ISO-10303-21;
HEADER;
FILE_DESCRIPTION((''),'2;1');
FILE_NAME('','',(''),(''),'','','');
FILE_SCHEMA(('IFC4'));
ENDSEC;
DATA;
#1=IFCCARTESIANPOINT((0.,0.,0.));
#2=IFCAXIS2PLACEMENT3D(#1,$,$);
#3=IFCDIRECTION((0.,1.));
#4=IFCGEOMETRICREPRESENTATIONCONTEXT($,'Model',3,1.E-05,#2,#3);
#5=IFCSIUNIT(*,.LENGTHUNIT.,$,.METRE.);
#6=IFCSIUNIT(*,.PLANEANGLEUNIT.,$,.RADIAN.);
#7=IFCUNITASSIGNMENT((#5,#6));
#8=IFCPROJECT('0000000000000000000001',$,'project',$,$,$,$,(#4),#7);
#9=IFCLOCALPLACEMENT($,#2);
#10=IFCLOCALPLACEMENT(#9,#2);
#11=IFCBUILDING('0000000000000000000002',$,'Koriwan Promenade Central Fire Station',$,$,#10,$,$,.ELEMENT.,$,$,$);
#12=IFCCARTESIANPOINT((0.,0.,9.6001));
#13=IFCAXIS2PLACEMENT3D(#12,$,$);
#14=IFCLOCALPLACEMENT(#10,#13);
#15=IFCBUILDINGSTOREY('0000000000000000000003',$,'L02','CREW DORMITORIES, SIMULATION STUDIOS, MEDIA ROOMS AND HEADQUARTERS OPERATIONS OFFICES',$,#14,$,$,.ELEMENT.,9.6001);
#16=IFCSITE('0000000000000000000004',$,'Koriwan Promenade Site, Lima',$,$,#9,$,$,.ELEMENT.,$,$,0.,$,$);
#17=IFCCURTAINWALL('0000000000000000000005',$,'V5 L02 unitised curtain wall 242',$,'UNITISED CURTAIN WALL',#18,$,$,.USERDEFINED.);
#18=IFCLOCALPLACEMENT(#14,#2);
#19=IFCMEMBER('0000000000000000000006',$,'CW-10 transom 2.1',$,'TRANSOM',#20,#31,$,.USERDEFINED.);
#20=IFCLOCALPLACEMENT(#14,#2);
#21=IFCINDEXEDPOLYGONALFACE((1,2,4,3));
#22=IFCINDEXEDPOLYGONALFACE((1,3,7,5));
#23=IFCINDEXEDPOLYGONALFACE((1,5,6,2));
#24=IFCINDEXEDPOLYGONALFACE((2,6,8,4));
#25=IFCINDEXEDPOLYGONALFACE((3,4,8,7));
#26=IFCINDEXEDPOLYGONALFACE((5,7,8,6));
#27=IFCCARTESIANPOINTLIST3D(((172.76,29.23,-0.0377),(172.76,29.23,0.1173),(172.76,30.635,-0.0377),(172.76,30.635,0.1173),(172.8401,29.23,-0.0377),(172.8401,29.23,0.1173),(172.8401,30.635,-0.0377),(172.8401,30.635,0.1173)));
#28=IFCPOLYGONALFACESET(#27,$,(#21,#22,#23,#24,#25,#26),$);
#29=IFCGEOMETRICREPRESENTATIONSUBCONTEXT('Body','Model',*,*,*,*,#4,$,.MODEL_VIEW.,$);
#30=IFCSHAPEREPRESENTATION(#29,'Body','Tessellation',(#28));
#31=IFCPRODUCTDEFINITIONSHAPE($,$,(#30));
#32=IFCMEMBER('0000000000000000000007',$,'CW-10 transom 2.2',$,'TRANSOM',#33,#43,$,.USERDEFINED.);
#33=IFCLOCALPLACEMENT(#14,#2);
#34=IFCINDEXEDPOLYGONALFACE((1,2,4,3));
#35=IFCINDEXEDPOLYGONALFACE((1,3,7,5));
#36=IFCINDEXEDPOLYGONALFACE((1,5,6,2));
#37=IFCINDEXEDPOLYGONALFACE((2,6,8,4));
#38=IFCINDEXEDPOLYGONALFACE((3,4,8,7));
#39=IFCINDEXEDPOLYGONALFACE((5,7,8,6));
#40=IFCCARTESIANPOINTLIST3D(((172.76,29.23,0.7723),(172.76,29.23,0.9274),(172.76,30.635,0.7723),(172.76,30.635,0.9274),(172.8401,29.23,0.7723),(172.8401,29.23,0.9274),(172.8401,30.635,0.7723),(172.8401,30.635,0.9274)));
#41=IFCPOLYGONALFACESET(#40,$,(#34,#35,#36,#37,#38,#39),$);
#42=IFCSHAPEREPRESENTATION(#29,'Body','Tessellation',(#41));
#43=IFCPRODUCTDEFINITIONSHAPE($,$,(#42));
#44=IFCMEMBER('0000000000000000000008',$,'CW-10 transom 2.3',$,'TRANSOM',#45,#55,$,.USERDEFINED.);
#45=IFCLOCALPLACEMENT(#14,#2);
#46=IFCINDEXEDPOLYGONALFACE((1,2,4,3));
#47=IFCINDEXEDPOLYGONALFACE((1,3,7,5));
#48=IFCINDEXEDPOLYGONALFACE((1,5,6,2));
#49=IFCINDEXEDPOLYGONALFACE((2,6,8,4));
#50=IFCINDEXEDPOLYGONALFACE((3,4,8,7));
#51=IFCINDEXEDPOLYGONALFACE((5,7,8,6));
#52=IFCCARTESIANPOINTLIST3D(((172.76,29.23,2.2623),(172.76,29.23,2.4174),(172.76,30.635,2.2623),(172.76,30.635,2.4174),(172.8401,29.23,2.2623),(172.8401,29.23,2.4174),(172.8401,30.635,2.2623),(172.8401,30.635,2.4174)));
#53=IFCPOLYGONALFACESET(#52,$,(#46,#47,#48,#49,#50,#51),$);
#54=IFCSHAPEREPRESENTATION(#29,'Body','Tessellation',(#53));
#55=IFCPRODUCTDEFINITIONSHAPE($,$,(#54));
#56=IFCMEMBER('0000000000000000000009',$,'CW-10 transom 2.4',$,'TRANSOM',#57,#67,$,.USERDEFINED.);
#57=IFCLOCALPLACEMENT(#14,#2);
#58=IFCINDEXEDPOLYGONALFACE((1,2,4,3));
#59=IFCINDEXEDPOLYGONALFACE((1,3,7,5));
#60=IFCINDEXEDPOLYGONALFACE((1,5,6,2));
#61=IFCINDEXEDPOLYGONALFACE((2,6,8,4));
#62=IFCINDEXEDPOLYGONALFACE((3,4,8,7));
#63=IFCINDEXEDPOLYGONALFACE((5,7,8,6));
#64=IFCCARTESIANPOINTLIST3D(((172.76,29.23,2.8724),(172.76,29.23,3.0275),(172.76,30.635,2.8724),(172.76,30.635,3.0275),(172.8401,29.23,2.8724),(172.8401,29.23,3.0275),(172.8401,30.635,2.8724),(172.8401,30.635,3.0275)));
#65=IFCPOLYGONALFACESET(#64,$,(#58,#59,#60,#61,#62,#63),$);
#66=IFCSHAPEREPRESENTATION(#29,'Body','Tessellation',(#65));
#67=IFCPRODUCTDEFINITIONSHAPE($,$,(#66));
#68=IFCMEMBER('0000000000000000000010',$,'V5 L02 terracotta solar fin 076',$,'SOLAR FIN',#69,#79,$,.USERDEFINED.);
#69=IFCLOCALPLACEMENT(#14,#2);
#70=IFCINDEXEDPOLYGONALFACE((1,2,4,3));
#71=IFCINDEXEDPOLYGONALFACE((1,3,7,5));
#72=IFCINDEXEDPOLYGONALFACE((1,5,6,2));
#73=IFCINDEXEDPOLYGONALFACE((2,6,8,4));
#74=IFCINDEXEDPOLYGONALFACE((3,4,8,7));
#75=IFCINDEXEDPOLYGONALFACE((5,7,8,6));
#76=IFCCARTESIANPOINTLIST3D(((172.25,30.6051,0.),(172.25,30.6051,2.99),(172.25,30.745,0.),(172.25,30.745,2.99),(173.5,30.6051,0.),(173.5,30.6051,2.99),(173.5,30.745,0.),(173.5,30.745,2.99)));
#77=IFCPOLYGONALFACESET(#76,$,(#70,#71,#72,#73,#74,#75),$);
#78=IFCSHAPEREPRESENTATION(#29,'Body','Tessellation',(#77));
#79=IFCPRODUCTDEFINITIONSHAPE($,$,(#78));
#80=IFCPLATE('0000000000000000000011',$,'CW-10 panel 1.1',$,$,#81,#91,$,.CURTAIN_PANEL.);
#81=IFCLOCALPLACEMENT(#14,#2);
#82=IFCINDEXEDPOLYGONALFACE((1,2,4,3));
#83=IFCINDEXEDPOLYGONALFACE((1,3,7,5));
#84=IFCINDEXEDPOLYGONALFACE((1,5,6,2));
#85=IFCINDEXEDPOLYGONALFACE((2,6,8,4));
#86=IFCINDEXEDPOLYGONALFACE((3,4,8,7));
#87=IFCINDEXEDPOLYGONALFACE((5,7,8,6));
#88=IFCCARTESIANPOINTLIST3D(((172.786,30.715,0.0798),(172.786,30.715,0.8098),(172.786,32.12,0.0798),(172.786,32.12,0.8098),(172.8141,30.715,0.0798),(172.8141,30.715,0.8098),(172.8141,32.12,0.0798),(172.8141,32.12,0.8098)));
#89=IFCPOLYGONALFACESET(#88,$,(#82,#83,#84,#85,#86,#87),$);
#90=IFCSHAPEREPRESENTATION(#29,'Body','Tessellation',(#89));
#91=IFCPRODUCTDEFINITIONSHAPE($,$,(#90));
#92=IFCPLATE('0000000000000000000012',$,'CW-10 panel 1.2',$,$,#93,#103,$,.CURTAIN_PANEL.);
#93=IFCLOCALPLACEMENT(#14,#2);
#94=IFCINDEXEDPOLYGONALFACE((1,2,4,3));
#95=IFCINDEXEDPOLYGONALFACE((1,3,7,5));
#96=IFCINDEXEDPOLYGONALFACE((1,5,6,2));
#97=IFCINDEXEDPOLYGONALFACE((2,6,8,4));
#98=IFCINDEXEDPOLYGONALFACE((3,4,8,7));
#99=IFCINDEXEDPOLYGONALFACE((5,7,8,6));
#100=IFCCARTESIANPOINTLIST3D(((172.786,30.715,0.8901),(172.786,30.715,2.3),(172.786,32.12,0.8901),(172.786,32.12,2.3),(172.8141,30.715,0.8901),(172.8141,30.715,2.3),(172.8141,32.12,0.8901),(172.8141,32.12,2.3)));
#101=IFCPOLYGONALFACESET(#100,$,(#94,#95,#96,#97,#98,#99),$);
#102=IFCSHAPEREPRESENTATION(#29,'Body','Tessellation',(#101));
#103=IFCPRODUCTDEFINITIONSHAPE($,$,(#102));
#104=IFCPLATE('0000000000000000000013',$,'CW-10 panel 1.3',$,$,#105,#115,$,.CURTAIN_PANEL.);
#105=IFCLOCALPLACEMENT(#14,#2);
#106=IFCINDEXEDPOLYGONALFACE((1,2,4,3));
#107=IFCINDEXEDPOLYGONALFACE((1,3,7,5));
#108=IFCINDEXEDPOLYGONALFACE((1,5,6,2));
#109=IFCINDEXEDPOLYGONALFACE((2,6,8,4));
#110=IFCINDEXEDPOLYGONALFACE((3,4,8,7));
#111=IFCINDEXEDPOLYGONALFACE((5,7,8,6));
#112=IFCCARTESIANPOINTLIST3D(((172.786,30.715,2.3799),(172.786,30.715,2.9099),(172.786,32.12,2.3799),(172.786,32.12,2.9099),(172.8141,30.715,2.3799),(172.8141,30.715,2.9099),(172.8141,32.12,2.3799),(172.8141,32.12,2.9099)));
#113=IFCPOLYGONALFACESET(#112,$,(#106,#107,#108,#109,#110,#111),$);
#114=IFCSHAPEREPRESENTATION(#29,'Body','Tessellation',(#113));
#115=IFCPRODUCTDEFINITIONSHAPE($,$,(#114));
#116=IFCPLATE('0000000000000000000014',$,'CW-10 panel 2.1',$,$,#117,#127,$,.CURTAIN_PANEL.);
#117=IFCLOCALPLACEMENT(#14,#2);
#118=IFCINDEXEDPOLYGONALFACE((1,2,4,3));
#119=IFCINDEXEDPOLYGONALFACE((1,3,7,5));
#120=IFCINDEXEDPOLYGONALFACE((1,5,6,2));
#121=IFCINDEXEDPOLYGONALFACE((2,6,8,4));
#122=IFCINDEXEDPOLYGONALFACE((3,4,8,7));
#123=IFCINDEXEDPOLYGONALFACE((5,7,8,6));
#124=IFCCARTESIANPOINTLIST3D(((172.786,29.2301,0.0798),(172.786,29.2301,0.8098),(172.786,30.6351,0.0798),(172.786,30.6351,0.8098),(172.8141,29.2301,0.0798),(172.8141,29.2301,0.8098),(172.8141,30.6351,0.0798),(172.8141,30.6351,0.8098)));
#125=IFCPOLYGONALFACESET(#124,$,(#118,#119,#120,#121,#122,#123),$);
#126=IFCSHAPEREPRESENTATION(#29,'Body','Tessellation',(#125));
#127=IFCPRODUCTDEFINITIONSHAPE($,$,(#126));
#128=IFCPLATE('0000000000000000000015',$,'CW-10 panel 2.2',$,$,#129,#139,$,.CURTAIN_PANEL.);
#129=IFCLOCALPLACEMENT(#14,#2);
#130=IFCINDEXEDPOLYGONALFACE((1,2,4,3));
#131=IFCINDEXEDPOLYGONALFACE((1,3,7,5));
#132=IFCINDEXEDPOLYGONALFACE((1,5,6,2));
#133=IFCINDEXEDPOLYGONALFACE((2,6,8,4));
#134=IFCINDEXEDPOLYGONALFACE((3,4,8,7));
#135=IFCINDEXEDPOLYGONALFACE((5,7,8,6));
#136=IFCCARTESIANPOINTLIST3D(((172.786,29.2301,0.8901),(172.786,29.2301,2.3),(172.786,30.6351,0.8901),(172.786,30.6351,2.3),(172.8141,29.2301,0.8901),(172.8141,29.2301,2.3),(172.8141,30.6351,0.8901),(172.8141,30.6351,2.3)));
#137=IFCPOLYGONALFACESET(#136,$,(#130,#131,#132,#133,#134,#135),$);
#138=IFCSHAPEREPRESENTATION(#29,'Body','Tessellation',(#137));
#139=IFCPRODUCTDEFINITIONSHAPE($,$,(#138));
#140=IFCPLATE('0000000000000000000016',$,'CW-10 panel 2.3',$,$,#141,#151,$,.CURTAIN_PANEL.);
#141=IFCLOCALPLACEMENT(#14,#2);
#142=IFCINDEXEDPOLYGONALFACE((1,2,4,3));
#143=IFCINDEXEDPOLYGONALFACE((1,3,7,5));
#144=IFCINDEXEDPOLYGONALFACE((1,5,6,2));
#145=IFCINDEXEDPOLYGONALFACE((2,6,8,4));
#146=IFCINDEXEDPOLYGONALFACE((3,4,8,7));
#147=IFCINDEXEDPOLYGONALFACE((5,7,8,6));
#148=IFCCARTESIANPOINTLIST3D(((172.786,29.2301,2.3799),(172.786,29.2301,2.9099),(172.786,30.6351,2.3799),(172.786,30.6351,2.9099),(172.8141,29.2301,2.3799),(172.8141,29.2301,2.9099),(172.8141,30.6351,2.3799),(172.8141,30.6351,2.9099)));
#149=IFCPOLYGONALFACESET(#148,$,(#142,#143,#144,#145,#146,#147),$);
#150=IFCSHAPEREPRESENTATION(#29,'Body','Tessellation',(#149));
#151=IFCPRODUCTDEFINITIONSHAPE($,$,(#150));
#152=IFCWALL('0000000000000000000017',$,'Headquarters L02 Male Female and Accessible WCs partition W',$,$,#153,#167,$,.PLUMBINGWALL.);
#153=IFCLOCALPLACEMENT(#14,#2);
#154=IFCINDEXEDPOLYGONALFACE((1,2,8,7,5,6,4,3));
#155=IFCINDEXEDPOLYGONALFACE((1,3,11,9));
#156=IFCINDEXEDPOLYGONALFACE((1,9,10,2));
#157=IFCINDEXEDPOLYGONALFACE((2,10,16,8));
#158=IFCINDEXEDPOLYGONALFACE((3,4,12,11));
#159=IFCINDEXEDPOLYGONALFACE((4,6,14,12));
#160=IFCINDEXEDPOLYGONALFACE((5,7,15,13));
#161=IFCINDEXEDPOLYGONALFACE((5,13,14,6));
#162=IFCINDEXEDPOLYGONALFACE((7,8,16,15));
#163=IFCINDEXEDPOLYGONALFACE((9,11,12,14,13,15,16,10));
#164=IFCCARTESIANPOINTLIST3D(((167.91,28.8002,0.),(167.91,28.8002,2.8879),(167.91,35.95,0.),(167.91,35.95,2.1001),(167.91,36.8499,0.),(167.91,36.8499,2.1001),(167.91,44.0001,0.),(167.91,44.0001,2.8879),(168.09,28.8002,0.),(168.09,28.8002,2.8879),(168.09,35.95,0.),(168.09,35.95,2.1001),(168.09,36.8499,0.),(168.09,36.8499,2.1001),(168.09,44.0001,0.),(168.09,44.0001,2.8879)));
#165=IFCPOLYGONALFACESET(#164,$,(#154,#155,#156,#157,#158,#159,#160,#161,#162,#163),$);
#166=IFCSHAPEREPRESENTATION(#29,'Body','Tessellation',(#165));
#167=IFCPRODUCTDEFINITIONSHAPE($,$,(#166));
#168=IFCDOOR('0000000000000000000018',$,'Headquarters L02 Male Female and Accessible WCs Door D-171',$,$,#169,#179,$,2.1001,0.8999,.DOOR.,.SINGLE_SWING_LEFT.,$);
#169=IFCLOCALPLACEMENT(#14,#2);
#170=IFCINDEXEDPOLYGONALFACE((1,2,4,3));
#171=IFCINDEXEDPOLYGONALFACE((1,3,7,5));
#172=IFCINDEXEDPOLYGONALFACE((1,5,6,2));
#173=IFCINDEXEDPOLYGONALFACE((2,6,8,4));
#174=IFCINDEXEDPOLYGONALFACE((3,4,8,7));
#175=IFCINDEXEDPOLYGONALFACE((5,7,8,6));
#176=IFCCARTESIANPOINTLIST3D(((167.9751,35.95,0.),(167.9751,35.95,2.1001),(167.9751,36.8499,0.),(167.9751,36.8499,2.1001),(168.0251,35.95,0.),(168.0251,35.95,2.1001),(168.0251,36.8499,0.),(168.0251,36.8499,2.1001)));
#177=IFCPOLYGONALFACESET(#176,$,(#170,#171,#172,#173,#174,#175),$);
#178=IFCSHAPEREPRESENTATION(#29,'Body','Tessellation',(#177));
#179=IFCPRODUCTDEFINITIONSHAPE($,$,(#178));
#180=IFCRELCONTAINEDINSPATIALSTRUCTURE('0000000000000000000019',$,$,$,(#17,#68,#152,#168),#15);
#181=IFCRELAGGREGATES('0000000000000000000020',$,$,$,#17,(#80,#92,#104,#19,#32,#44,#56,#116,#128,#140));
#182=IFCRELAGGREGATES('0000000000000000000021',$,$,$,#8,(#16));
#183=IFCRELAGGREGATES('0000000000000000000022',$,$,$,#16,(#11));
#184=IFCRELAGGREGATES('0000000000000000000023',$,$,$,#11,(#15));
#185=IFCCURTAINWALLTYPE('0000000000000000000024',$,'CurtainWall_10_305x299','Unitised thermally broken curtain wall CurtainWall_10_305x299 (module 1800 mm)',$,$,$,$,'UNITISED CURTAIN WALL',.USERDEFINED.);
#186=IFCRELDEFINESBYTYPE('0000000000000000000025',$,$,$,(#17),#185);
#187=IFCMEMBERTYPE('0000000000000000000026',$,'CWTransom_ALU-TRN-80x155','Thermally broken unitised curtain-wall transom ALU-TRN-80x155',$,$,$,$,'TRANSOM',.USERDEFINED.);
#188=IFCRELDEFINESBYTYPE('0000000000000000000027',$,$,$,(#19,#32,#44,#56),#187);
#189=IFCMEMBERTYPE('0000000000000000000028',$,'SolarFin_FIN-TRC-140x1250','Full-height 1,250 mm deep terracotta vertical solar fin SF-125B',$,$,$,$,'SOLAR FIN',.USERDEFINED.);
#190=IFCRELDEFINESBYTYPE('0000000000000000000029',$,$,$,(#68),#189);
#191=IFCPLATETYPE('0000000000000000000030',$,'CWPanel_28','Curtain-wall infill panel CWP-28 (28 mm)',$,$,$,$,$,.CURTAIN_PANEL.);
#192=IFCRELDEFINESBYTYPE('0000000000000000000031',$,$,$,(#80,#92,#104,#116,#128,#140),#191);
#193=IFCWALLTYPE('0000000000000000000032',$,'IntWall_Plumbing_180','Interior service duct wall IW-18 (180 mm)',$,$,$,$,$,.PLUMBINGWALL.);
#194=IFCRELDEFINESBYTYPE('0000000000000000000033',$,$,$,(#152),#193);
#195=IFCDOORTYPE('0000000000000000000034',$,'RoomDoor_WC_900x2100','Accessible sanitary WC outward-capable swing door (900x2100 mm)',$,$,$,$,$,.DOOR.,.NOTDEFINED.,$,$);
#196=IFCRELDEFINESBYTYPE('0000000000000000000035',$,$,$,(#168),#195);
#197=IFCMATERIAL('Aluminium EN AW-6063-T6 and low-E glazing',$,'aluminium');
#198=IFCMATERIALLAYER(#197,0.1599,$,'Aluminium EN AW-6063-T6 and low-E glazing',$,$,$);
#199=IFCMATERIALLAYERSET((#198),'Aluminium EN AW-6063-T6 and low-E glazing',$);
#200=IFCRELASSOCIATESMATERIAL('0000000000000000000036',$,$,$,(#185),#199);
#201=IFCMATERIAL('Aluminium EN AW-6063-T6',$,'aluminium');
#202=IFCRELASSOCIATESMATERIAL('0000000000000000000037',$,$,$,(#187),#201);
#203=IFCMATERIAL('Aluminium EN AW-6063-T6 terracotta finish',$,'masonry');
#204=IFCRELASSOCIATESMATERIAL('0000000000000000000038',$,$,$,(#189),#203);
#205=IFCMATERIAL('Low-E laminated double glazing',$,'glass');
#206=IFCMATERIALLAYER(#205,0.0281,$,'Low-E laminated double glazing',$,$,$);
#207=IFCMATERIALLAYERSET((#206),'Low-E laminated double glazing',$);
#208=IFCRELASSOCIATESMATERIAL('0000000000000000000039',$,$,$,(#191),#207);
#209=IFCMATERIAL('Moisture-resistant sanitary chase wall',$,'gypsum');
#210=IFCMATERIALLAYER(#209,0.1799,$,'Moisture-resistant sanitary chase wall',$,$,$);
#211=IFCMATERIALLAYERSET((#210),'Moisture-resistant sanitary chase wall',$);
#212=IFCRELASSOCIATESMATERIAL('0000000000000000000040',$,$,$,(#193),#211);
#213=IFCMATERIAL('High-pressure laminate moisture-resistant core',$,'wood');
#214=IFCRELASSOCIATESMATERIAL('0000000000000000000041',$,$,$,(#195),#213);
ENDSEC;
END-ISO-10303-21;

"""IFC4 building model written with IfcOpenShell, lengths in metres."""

from ifc_helpers import new_model, si_unit, direction, frame, frame_2d, origin, origin_2d, place, context, subcontext, project, spatial, rectangle, extrude, material, layer, layer_set, material_profile, profile_set, type_object, element, fill, aggregate, save


model = new_model("IFC4")

# Units and contexts
model_context = context("Model", 3, precision=1e-05, world=origin(), true_north=direction((0.0, 1.0)))
body_context = subcontext(model_context, "Body", "Model", "MODEL_VIEW")
ifc_project = project(units=[si_unit("LENGTHUNIT", "METRE"), si_unit("PLANEANGLEUNIT", "RADIAN")], contexts=[model_context])

# Site, building, storey
site_placement = place(None, origin())
site = spatial("IfcSite", under=ifc_project, at=site_placement, Name="Koriwan Promenade Site, Lima", CompositionType="ELEMENT", RefElevation=0.0)
building_placement = place(site_placement, origin())
building = spatial("IfcBuilding", under=site, at=building_placement, Name="Koriwan Promenade Central Fire Station", CompositionType="ELEMENT")
storey_placement = place(building_placement, frame((0.0, 0.0, 9.6001)))
storey = spatial("IfcBuildingStorey", under=building, at=storey_placement, Name="L02", Description="CREW DORMITORIES, SIMULATION STUDIOS, MEDIA ROOMS AND HEADQUARTERS OPERATIONS OFFICES", CompositionType="ELEMENT", Elevation=9.6001)

# Shared definitions
ifc_material_1 = material(Name="Aluminium EN AW-6063-T6 and low-E glazing", Category="aluminium")
ifc_material_2 = material(Name="Aluminium EN AW-6063-T6", Category="aluminium")

# Curtain wall
ifc_layer_1 = layer(ifc_material_1, 0.1599, Name="Aluminium EN AW-6063-T6 and low-E glazing")
ifc_layer_set_1 = layer_set([ifc_layer_1], Name="Aluminium EN AW-6063-T6 and low-E glazing")
curtain_wall_type_1 = type_object("IfcCurtainWallType", Name="CurtainWall_10_305x299", Description="Unitised thermally broken curtain wall CurtainWall_10_305x299 (module 1800 mm)", ElementType="UNITISED CURTAIN WALL", PredefinedType="USERDEFINED", material=ifc_layer_set_1)
curtain_wall_1_placement = place(storey_placement, origin())
curtain_wall_1 = element("IfcCurtainWall", 1, at=curtain_wall_1_placement, inside=storey, type_object=curtain_wall_type_1, Name="V5 L02 unitised curtain wall 242", ObjectType="UNITISED CURTAIN WALL", PredefinedType="USERDEFINED")

# Members
ifc_material_profile_1 = material_profile(ifc_material_2, rectangle(XDim=0.0801, YDim=0.155, at=origin_2d()), Name="ALU-TRN-80x155")
ifc_profile_set_1 = profile_set([ifc_material_profile_1], Name="Aluminium EN AW-6063-T6")
member_type_1 = type_object("IfcMemberType", Name="CWTransom_ALU-TRN-80x155", Description="Thermally broken unitised curtain-wall transom ALU-TRN-80x155", ElementType="TRANSOM", PredefinedType="USERDEFINED", material=ifc_profile_set_1)
member_1_placement = place(storey_placement, frame((172.8, 30.635, 0.0398), z_axis=(0.0, -1.0, 0.0), x_axis=(1.0, 0.0, 0.0)))
member_1 = element("IfcMember", 2, at=member_1_placement, type_object=member_type_1, Name="CW-10 transom 2.1", ObjectType="TRANSOM", PredefinedType="USERDEFINED", context=body_context, shape_type="SweptSolid", body=[
    extrude(rectangle(XDim=0.0801, YDim=0.155, at=origin_2d()), origin(), (0.0, 0.0, 1.0), 1.405),
])
member_2_placement = place(storey_placement, frame((172.8, 30.635, 0.8499), z_axis=(0.0, -1.0, 0.0), x_axis=(1.0, 0.0, 0.0)))
member_2 = element("IfcMember", 3, at=member_2_placement, type_object=member_type_1, Name="CW-10 transom 2.2", ObjectType="TRANSOM", PredefinedType="USERDEFINED", context=body_context, shape_type="SweptSolid", body=[
    extrude(rectangle(XDim=0.0801, YDim=0.155, at=origin_2d()), origin(), (0.0, 0.0, 1.0), 1.405),
])
member_3_placement = place(storey_placement, frame((172.8, 30.635, 2.3398), z_axis=(0.0, -1.0, 0.0), x_axis=(1.0, 0.0, 0.0)))
member_3 = element("IfcMember", 4, at=member_3_placement, type_object=member_type_1, Name="CW-10 transom 2.3", ObjectType="TRANSOM", PredefinedType="USERDEFINED", context=body_context, shape_type="SweptSolid", body=[
    extrude(rectangle(XDim=0.0801, YDim=0.155, at=origin_2d()), origin(), (0.0, 0.0, 1.0), 1.405),
])
member_4_placement = place(storey_placement, frame((172.8, 30.635, 2.95), z_axis=(0.0, -1.0, 0.0), x_axis=(1.0, 0.0, 0.0)))
member_4 = element("IfcMember", 5, at=member_4_placement, type_object=member_type_1, Name="CW-10 transom 2.4", ObjectType="TRANSOM", PredefinedType="USERDEFINED", context=body_context, shape_type="SweptSolid", body=[
    extrude(rectangle(XDim=0.0801, YDim=0.155, at=origin_2d()), origin(), (0.0, 0.0, 1.0), 1.405),
])
ifc_material_3 = material(Name="Aluminium EN AW-6063-T6 terracotta finish", Category="masonry")
ifc_material_profile_2 = material_profile(ifc_material_3, rectangle(XDim=0.1399, YDim=1.25, at=origin_2d()), Name="FIN-TRC-140x1250")
ifc_profile_set_2 = profile_set([ifc_material_profile_2], Name="Aluminium EN AW-6063-T6 terracotta finish")
member_type_2 = type_object("IfcMemberType", Name="SolarFin_FIN-TRC-140x1250", Description="Full-height 1,250 mm deep terracotta vertical solar fin SF-125B", ElementType="SOLAR FIN", PredefinedType="USERDEFINED", material=ifc_profile_set_2)
member_5_placement = place(storey_placement, frame((172.875, 30.675, 0.0), z_axis=(0.0, 0.0, 1.0), x_axis=(0.0, -1.0, 0.0)))
element("IfcMember", 6, at=member_5_placement, inside=storey, type_object=member_type_2, Name="V5 L02 terracotta solar fin 076", ObjectType="SOLAR FIN", PredefinedType="USERDEFINED", context=body_context, shape_type="SweptSolid", body=[
    extrude(rectangle(XDim=0.1399, YDim=1.25, at=origin_2d()), origin(), (0.0, 0.0, 1.0), 2.99),
])

# Plates
ifc_material_4 = material(Name="Low-E laminated double glazing", Category="glass")
ifc_layer_2 = layer(ifc_material_4, 0.0281, Name="Low-E laminated double glazing")
ifc_layer_set_2 = layer_set([ifc_layer_2], Name="Low-E laminated double glazing")
plate_type = type_object("IfcPlateType", Name="CWPanel_28", Description="Curtain-wall infill panel CWP-28 (28 mm)", PredefinedType="CURTAIN_PANEL", material=ifc_layer_set_2)
plate_1_placement = place(storey_placement, frame((172.8, 31.4175, 0.0798), z_axis=(0.0, 0.0, 1.0), x_axis=(0.0, -1.0, 0.0)))
plate_1 = element("IfcPlate", 7, at=plate_1_placement, type_object=plate_type, Name="CW-10 panel 1.1", PredefinedType="CURTAIN_PANEL", context=body_context, shape_type="SweptSolid", body=[
    extrude(rectangle(XDim=1.405, YDim=0.0281, at=origin_2d()), origin(), (0.0, 0.0, 1.0), 0.73),
])
plate_2_placement = place(storey_placement, frame((172.8, 31.4175, 0.8901), z_axis=(0.0, 0.0, 1.0), x_axis=(0.0, -1.0, 0.0)))
plate_2 = element("IfcPlate", 8, at=plate_2_placement, type_object=plate_type, Name="CW-10 panel 1.2", PredefinedType="CURTAIN_PANEL", context=body_context, shape_type="SweptSolid", body=[
    extrude(rectangle(XDim=1.405, YDim=0.0281, at=origin_2d()), origin(), (0.0, 0.0, 1.0), 1.4099),
])
plate_3_placement = place(storey_placement, frame((172.8, 31.4175, 2.3799), z_axis=(0.0, 0.0, 1.0), x_axis=(0.0, -1.0, 0.0)))
plate_3 = element("IfcPlate", 9, at=plate_3_placement, type_object=plate_type, Name="CW-10 panel 1.3", PredefinedType="CURTAIN_PANEL", context=body_context, shape_type="SweptSolid", body=[
    extrude(rectangle(XDim=1.405, YDim=0.0281, at=origin_2d()), origin(), (0.0, 0.0, 1.0), 0.53),
])
plate_4_placement = place(storey_placement, frame((172.8, 29.9326, 0.0798), z_axis=(0.0, 0.0, 1.0), x_axis=(0.0, -1.0, 0.0)))
plate_4 = element("IfcPlate", 10, at=plate_4_placement, type_object=plate_type, Name="CW-10 panel 2.1", PredefinedType="CURTAIN_PANEL", context=body_context, shape_type="SweptSolid", body=[
    extrude(rectangle(XDim=1.405, YDim=0.0281, at=origin_2d()), origin(), (0.0, 0.0, 1.0), 0.73),
])
plate_5_placement = place(storey_placement, frame((172.8, 29.9326, 0.8901), z_axis=(0.0, 0.0, 1.0), x_axis=(0.0, -1.0, 0.0)))
plate_5 = element("IfcPlate", 11, at=plate_5_placement, type_object=plate_type, Name="CW-10 panel 2.2", PredefinedType="CURTAIN_PANEL", context=body_context, shape_type="SweptSolid", body=[
    extrude(rectangle(XDim=1.405, YDim=0.0281, at=origin_2d()), origin(), (0.0, 0.0, 1.0), 1.4099),
])
plate_6_placement = place(storey_placement, frame((172.8, 29.9326, 2.3799), z_axis=(0.0, 0.0, 1.0), x_axis=(0.0, -1.0, 0.0)))
plate_6 = element("IfcPlate", 12, at=plate_6_placement, type_object=plate_type, Name="CW-10 panel 2.3", PredefinedType="CURTAIN_PANEL", context=body_context, shape_type="SweptSolid", body=[
    extrude(rectangle(XDim=1.405, YDim=0.0281, at=origin_2d()), origin(), (0.0, 0.0, 1.0), 0.53),
])
aggregate(curtain_wall_1, [plate_1, plate_2, plate_3, member_1, member_2, member_3, member_4, plate_4, plate_5, plate_6])

# Wall, opening, door
ifc_material_5 = material(Name="Moisture-resistant sanitary chase wall", Category="gypsum")
ifc_layer_3 = layer(ifc_material_5, 0.1799, Name="Moisture-resistant sanitary chase wall")
ifc_layer_set_3 = layer_set([ifc_layer_3], Name="Moisture-resistant sanitary chase wall")
wall_type = type_object("IfcWallType", Name="IntWall_Plumbing_180", Description="Interior service duct wall IW-18 (180 mm)", PredefinedType="PLUMBINGWALL", material=ifc_layer_set_3)
wall_1_placement = place(storey_placement, frame((168.0, 28.8, 0.0), z_axis=(0.0, 0.0, 1.0), x_axis=(0.0, 1.0, 0.0)))
wall_1 = element("IfcWall", 13, at=wall_1_placement, inside=storey, type_object=wall_type, Name="Headquarters L02 Male Female and Accessible WCs partition W", PredefinedType="PLUMBINGWALL", context=body_context, shape_type="SweptSolid", body=[
    extrude(rectangle(XDim=15.2, YDim=0.1799, at=frame_2d((7.6001, 0.0))), origin(), (0.0, 0.0, 1.0), 2.8879),
])
opening_placement = place(wall_1_placement, frame((7.1499, 0.0, 0.0)))
opening = element("IfcOpeningElement", 14, at=opening_placement, cuts=wall_1, PredefinedType="OPENING", context=body_context, shape_type="SweptSolid", body=[
    extrude(rectangle(XDim=0.8999, YDim=2.1001, at=frame_2d((0.45, 1.05))), frame((0.0, 0.1021, 0.0), z_axis=(0.0, -1.0, 0.0), x_axis=(1.0, 0.0, 0.0)), (0.0, 0.0, 1.0), 0.2039),
])
ifc_material_6 = material(Name="High-pressure laminate moisture-resistant core", Category="wood")
door_type = type_object("IfcDoorType", Name="RoomDoor_WC_900x2100", Description="Accessible sanitary WC outward-capable swing door (900x2100 mm)", OperationType="NOTDEFINED", PredefinedType="DOOR", material=ifc_material_6)
door_placement = place(opening_placement, origin())
door = element("IfcDoor", 15, at=door_placement, inside=storey, type_object=door_type, Name="Headquarters L02 Male Female and Accessible WCs Door D-171", OperationType="SINGLE_SWING_LEFT", OverallHeight=2.1001, OverallWidth=0.8999, PredefinedType="DOOR", context=body_context, shape_type="SweptSolid", body=[
    extrude(rectangle(XDim=0.8999, YDim=2.1001, at=frame_2d((0.45, 1.05))), frame((0.0, 0.0249, 0.0), z_axis=(0.0, -1.0, 0.0), x_axis=(1.0, 0.0, 0.0)), (0.0, 0.0, 1.0), 0.05),
])
fill(opening, door)

save(model, "model.ifc")
